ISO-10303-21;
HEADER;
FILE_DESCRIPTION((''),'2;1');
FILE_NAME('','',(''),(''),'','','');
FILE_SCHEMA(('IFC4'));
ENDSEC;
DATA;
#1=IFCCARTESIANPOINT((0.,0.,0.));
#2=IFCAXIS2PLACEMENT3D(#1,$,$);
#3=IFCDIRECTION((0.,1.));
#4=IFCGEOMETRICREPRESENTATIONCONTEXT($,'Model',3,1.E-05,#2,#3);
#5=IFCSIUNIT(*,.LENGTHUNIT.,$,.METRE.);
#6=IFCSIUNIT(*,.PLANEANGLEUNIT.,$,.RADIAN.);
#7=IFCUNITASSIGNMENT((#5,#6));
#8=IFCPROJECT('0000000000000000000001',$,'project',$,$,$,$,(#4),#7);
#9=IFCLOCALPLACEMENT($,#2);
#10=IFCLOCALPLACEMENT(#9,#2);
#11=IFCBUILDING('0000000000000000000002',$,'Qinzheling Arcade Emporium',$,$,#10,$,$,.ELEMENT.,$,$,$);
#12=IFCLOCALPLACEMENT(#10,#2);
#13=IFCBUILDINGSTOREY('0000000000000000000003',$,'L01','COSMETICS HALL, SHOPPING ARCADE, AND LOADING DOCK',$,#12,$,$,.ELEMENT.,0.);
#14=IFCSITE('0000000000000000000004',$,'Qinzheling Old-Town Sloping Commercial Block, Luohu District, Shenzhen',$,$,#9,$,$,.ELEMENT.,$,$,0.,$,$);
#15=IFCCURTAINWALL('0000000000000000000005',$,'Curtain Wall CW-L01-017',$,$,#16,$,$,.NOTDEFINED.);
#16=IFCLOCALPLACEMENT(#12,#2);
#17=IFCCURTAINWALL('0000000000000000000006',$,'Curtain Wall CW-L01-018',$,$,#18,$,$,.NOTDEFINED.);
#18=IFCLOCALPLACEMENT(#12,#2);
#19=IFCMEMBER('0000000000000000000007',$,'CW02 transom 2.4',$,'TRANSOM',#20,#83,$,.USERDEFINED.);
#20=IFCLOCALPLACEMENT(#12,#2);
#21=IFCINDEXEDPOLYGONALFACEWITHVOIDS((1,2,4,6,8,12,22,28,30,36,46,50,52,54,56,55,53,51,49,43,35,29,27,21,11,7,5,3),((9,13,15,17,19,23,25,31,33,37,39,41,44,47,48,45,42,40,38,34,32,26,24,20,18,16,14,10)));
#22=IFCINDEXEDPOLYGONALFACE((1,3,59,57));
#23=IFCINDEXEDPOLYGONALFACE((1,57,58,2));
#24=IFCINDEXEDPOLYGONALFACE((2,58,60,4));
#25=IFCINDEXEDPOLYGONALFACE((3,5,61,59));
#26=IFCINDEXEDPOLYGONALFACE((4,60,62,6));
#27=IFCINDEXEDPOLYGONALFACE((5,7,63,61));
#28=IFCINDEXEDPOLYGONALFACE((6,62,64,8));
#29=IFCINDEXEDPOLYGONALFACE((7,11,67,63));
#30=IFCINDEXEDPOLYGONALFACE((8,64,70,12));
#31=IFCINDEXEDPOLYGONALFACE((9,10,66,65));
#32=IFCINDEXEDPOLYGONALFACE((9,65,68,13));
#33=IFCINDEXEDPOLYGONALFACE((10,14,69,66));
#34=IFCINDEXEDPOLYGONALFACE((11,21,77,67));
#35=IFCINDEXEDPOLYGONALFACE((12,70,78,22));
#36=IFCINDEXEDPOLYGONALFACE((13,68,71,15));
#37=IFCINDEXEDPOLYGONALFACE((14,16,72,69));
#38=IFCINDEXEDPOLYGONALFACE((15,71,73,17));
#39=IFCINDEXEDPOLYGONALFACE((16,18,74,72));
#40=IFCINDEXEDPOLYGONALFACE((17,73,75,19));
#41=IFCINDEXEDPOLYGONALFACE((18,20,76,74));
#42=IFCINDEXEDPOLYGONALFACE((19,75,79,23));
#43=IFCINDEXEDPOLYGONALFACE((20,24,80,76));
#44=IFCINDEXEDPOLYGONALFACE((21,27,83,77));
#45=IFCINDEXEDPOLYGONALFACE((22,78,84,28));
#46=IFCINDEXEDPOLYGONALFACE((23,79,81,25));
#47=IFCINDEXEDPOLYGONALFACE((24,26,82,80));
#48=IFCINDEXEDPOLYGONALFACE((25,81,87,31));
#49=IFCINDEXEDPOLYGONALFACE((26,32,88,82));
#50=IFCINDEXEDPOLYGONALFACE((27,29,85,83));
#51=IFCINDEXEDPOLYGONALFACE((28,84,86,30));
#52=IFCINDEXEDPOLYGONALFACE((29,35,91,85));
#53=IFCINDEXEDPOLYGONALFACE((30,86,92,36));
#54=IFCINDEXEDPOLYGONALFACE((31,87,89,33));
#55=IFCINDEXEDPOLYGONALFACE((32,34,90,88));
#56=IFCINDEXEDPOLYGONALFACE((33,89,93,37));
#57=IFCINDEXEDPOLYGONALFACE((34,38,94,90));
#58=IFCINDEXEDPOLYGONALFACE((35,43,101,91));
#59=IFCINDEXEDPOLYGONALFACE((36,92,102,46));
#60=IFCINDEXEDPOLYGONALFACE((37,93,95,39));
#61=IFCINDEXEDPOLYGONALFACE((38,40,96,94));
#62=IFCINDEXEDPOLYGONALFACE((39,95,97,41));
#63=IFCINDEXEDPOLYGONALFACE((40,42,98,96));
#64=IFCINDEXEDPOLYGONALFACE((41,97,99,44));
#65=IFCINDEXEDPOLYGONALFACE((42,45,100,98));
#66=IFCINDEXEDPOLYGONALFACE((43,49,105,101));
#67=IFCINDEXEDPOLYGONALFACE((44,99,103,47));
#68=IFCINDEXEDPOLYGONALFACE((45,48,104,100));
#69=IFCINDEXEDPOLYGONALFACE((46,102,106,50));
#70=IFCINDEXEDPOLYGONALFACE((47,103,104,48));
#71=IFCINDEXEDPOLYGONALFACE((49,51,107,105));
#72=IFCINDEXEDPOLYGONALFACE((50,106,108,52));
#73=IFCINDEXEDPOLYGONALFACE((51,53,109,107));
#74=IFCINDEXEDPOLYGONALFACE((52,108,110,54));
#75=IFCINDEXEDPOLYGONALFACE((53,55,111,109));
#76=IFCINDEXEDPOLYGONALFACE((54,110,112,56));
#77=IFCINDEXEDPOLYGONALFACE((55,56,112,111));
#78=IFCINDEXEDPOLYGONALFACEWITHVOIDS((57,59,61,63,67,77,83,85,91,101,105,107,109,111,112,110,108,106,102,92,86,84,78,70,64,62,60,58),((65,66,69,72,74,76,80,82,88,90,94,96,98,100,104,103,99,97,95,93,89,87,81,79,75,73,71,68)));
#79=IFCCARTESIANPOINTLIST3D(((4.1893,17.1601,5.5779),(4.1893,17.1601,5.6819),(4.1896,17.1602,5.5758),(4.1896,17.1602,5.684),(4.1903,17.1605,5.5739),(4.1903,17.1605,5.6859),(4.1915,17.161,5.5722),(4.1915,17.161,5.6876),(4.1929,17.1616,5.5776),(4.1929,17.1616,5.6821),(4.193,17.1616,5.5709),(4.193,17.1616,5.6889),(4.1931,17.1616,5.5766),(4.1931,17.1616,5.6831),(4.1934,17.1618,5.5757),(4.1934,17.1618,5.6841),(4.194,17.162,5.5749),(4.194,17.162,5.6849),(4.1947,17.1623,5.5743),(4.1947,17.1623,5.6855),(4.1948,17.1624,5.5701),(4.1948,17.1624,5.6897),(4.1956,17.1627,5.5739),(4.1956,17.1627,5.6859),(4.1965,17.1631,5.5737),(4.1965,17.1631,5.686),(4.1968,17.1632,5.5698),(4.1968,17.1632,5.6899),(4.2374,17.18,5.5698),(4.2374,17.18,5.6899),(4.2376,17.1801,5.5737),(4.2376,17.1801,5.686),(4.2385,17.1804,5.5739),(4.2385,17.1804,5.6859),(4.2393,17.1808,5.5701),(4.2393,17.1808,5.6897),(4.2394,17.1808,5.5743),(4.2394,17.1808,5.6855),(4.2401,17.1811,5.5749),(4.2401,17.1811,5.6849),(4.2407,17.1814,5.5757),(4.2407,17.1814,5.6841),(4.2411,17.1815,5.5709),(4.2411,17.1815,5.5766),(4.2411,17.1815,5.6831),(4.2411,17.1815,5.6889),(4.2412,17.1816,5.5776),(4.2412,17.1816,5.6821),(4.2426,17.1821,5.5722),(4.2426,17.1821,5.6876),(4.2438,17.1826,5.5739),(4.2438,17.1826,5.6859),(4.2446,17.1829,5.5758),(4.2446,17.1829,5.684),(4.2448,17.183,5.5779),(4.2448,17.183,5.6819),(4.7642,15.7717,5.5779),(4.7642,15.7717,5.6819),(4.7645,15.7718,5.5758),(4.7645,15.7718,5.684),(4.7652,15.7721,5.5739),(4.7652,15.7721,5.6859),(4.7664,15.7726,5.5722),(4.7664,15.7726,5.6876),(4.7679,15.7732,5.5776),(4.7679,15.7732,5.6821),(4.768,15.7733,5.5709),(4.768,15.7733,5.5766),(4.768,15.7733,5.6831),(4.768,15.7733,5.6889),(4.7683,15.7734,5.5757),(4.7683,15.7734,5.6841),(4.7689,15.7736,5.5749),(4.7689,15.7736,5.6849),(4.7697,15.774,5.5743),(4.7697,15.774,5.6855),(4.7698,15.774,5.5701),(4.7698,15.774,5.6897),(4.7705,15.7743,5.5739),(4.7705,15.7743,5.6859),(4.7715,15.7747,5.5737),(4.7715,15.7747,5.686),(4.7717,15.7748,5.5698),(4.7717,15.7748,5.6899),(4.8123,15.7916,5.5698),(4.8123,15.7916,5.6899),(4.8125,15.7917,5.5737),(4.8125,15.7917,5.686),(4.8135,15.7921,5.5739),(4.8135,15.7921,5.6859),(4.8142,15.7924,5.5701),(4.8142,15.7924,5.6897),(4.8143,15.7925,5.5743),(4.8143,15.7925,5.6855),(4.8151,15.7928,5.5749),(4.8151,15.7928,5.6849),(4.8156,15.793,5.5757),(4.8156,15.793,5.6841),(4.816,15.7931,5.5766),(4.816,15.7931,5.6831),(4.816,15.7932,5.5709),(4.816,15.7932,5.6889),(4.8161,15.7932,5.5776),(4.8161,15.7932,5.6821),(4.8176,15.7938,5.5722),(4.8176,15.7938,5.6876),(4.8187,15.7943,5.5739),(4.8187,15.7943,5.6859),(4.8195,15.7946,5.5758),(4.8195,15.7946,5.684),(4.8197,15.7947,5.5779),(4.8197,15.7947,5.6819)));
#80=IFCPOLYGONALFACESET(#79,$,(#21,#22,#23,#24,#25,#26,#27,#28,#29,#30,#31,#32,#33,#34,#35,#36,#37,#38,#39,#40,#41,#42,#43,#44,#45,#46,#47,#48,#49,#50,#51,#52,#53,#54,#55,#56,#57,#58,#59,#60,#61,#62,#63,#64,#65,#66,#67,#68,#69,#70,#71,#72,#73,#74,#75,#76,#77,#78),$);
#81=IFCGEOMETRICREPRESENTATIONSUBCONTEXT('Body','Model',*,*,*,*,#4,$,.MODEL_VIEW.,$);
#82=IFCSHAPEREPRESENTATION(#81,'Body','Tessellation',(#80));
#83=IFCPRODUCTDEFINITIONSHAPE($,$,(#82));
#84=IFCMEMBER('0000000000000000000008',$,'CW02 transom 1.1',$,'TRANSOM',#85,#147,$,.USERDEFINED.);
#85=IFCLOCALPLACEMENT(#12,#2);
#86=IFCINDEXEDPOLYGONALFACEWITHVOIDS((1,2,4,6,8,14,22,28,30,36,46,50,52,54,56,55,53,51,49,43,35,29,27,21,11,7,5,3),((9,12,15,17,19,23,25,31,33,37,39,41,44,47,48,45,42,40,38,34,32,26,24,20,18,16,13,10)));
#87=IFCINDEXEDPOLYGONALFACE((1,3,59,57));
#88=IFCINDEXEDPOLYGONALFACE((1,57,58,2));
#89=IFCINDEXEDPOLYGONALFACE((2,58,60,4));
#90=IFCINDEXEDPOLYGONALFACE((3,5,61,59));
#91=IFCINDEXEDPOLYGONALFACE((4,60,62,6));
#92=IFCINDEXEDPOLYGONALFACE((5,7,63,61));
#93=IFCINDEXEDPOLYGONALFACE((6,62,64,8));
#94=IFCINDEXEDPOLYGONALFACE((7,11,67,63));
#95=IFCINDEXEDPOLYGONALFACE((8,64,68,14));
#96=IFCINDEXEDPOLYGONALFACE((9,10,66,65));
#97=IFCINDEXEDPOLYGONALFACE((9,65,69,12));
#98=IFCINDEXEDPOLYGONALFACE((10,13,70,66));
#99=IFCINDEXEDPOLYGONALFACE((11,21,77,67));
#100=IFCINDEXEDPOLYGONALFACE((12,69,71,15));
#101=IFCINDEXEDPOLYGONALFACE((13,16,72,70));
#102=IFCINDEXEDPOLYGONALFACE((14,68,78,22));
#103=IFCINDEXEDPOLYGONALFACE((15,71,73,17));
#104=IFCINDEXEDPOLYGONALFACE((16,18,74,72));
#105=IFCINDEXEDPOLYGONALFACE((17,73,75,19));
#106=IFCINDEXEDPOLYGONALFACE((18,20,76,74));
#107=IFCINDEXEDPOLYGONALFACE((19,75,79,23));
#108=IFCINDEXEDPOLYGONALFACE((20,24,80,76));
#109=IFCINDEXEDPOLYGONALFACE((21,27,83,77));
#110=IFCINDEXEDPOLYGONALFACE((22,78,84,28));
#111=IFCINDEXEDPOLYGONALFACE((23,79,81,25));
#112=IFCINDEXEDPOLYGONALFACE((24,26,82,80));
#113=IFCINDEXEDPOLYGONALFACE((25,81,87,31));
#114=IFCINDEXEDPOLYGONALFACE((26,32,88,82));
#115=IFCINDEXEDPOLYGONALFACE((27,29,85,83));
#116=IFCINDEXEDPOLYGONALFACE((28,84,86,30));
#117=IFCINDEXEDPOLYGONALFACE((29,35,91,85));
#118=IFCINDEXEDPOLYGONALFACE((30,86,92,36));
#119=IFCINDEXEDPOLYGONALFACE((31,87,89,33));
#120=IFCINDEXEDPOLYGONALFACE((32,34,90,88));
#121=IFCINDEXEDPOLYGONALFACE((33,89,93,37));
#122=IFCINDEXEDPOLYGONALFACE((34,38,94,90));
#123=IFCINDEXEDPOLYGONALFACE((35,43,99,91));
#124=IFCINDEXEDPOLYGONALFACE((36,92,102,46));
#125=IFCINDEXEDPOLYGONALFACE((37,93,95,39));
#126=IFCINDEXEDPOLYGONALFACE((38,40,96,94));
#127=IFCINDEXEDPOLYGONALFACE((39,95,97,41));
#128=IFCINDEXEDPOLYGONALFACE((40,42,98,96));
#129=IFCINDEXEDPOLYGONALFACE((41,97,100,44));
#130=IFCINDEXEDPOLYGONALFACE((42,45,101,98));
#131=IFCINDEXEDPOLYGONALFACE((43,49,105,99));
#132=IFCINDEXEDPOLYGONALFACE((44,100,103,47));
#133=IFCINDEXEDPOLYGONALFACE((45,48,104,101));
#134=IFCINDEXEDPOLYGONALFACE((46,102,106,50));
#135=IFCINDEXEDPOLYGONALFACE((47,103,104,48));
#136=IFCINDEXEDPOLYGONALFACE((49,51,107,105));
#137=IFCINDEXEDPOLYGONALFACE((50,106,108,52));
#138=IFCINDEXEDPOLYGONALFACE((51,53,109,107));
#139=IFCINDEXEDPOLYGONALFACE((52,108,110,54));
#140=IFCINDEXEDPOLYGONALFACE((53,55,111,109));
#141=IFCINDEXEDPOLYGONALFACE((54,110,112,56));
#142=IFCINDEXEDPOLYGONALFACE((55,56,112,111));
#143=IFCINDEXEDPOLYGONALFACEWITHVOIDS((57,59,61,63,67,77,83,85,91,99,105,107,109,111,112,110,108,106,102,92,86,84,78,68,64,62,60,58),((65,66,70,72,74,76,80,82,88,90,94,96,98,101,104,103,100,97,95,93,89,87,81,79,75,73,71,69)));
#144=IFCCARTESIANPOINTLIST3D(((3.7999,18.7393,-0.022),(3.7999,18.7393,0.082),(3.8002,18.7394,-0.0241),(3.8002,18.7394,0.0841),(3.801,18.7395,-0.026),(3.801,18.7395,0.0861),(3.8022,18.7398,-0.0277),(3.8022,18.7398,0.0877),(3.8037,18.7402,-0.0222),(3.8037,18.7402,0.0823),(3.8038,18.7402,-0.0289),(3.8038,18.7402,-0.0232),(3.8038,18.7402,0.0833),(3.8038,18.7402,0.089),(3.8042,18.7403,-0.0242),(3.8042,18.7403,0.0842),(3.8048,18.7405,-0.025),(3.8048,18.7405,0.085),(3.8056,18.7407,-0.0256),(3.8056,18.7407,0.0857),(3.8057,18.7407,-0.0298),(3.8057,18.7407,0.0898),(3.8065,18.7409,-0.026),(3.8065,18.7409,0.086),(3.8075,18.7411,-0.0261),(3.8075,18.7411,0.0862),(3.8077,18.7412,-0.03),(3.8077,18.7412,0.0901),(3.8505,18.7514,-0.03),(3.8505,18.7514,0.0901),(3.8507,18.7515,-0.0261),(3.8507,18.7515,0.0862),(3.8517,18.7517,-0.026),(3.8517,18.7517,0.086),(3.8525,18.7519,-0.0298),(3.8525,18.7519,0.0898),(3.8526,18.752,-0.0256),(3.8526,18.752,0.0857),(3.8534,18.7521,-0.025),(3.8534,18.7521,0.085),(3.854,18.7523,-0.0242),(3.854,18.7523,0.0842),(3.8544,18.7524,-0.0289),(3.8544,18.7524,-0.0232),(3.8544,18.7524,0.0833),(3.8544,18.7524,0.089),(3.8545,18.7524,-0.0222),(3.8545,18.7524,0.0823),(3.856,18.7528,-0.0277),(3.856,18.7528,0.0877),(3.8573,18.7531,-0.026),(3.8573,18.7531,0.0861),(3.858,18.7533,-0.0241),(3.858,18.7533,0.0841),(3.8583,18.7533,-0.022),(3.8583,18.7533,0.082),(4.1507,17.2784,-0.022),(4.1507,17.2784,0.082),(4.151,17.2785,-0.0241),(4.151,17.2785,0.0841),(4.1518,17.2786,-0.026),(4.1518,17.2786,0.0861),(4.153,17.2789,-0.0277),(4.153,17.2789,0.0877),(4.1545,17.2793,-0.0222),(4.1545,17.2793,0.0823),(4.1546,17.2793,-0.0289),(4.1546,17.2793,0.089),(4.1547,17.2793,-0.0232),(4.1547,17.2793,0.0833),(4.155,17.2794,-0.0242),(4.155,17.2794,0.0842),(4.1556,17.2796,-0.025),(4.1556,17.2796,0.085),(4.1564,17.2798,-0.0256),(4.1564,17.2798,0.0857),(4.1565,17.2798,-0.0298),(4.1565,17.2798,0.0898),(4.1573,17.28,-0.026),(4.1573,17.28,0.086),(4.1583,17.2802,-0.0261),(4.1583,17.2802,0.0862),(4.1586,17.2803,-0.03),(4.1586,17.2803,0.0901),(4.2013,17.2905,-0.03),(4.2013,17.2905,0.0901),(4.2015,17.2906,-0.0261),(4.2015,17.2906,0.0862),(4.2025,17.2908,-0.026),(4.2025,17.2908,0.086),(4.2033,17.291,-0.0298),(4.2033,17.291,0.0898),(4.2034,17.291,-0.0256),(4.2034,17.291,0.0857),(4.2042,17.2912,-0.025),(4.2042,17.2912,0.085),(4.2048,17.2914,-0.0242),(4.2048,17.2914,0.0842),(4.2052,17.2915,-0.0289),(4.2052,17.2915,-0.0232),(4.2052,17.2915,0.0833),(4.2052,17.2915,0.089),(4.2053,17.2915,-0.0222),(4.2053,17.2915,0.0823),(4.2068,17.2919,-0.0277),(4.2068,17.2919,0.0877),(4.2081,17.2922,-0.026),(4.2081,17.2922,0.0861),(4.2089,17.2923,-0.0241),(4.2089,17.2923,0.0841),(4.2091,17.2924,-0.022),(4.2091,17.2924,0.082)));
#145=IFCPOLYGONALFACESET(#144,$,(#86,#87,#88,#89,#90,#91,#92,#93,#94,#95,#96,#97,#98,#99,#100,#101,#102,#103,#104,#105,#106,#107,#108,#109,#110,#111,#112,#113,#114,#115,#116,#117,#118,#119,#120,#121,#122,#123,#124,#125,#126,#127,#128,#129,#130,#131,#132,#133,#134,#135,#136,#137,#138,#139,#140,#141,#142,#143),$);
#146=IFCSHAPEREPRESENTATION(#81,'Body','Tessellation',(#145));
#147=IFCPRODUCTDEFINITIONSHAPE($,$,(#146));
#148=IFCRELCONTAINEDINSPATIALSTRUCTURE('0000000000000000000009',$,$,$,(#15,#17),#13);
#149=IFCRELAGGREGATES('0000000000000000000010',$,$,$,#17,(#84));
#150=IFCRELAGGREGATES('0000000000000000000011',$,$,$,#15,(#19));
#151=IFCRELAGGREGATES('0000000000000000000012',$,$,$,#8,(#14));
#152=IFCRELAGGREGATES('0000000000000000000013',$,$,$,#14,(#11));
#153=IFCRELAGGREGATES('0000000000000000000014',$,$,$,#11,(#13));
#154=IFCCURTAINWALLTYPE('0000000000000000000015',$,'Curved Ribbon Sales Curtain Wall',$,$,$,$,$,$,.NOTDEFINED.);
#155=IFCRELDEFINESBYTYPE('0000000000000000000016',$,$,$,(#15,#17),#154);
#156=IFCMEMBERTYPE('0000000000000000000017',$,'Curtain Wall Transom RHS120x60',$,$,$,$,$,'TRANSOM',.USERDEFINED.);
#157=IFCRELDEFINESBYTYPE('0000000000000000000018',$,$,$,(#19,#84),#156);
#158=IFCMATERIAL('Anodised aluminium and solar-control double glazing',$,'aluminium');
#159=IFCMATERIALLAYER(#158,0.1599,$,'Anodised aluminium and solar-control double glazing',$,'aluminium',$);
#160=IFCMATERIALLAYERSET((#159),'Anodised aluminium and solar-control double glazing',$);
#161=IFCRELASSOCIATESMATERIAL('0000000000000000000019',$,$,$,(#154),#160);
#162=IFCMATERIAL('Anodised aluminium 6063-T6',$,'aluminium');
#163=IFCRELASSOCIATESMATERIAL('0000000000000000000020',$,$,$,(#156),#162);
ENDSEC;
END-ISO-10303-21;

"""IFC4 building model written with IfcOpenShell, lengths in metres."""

from ifc_helpers import new_model, si_unit, direction, frame, origin, origin_2d, place, context, subcontext, project, spatial, hollow_rectangle, extrude, material, layer, layer_set, material_profile, profile_set, type_object, element, aggregate, save


model = new_model("IFC4")

# Units and contexts
model_context = context("Model", 3, precision=1e-05, world=origin(), true_north=direction((0.0, 1.0)))
body_context = subcontext(model_context, "Body", "Model", "MODEL_VIEW")
ifc_project = project(units=[si_unit("LENGTHUNIT", "METRE"), si_unit("PLANEANGLEUNIT", "RADIAN")], contexts=[model_context])

# Site, building, storey
site_placement = place(None, origin())
site = spatial("IfcSite", under=ifc_project, at=site_placement, Name="Qinzheling Old-Town Sloping Commercial Block, Luohu District, Shenzhen", CompositionType="ELEMENT", RefElevation=0.0)
building_placement = place(site_placement, origin())
building = spatial("IfcBuilding", under=site, at=building_placement, Name="Qinzheling Arcade Emporium", CompositionType="ELEMENT")
storey_placement = place(building_placement, origin())
storey = spatial("IfcBuildingStorey", under=building, at=storey_placement, Name="L01", Description="COSMETICS HALL, SHOPPING ARCADE, AND LOADING DOCK", CompositionType="ELEMENT", Elevation=0.0)

# Curtain wall
ifc_material_1 = material(Name="Anodised aluminium and solar-control double glazing", Category="aluminium")
ifc_layer_1 = layer(ifc_material_1, 0.1599, Name="Anodised aluminium and solar-control double glazing", Category="aluminium")
ifc_layer_set_1 = layer_set([ifc_layer_1], Name="Anodised aluminium and solar-control double glazing")
curtain_wall_type = type_object("IfcCurtainWallType", Name="Curved Ribbon Sales Curtain Wall", PredefinedType="NOTDEFINED", material=ifc_layer_set_1)
curtain_wall_1_placement = place(storey_placement, origin())
curtain_wall_1 = element("IfcCurtainWall", 1, at=curtain_wall_1_placement, inside=storey, type_object=curtain_wall_type, Name="Curtain Wall CW-L01-017", PredefinedType="NOTDEFINED")
ifc_material_2 = material(Name="Anodised aluminium 6063-T6", Category="aluminium")

# Curtain wall
curtain_wall_2_placement = place(storey_placement, origin())
curtain_wall_2 = element("IfcCurtainWall", 2, at=curtain_wall_2_placement, inside=storey, type_object=curtain_wall_type, Name="Curtain Wall CW-L01-018", PredefinedType="NOTDEFINED")

# Members
ifc_material_profile_1 = material_profile(ifc_material_2, hollow_rectangle(XDim=0.0601, YDim=0.1201, WallThickness=0.0039, InnerFilletRadius=0.0039, OuterFilletRadius=0.0081, at=origin_2d()), Name="RHS 120x60x4", Category="aluminium")
ifc_profile_set_1 = profile_set([ifc_material_profile_1], Name="Anodised aluminium 6063-T6")
member_type_1 = type_object("IfcMemberType", Name="Curtain Wall Transom RHS120x60", ElementType="TRANSOM", PredefinedType="USERDEFINED", material=ifc_profile_set_1)
member_1_placement = place(storey_placement, frame((4.792, 15.7832, 5.6299), z_axis=(-0.382596, 0.923916, 0.0), x_axis=(-0.923916, -0.382596, 0.0)))
member_1 = element("IfcMember", 3, at=member_1_placement, type_object=member_type_1, Name="CW02 transom 2.4", ObjectType="TRANSOM", PredefinedType="USERDEFINED", context=body_context, shape_type="SweptSolid", body=[
    extrude(hollow_rectangle(XDim=0.0601, YDim=0.1201, WallThickness=0.0039, InnerFilletRadius=0.0039, OuterFilletRadius=0.0081, at=origin_2d()), origin(), (0.0, 0.0, 1.0), 1.5027),
])
member_2_placement = place(storey_placement, frame((4.1799, 17.2854, 0.03), z_axis=(-0.233502, 0.972356, 0.0), x_axis=(-0.972356, -0.233502, 0.0)))
member_2 = element("IfcMember", 4, at=member_2_placement, type_object=member_type_1, Name="CW02 transom 1.1", ObjectType="TRANSOM", PredefinedType="USERDEFINED", context=body_context, shape_type="SweptSolid", body=[
    extrude(hollow_rectangle(XDim=0.0601, YDim=0.1201, WallThickness=0.0039, InnerFilletRadius=0.0039, OuterFilletRadius=0.0081, at=origin_2d()), origin(), (0.0, 0.0, 1.0), 1.5024),
])
aggregate(curtain_wall_2, [member_2])

aggregate(curtain_wall_1, [member_1])

save(model, "model.ifc")
